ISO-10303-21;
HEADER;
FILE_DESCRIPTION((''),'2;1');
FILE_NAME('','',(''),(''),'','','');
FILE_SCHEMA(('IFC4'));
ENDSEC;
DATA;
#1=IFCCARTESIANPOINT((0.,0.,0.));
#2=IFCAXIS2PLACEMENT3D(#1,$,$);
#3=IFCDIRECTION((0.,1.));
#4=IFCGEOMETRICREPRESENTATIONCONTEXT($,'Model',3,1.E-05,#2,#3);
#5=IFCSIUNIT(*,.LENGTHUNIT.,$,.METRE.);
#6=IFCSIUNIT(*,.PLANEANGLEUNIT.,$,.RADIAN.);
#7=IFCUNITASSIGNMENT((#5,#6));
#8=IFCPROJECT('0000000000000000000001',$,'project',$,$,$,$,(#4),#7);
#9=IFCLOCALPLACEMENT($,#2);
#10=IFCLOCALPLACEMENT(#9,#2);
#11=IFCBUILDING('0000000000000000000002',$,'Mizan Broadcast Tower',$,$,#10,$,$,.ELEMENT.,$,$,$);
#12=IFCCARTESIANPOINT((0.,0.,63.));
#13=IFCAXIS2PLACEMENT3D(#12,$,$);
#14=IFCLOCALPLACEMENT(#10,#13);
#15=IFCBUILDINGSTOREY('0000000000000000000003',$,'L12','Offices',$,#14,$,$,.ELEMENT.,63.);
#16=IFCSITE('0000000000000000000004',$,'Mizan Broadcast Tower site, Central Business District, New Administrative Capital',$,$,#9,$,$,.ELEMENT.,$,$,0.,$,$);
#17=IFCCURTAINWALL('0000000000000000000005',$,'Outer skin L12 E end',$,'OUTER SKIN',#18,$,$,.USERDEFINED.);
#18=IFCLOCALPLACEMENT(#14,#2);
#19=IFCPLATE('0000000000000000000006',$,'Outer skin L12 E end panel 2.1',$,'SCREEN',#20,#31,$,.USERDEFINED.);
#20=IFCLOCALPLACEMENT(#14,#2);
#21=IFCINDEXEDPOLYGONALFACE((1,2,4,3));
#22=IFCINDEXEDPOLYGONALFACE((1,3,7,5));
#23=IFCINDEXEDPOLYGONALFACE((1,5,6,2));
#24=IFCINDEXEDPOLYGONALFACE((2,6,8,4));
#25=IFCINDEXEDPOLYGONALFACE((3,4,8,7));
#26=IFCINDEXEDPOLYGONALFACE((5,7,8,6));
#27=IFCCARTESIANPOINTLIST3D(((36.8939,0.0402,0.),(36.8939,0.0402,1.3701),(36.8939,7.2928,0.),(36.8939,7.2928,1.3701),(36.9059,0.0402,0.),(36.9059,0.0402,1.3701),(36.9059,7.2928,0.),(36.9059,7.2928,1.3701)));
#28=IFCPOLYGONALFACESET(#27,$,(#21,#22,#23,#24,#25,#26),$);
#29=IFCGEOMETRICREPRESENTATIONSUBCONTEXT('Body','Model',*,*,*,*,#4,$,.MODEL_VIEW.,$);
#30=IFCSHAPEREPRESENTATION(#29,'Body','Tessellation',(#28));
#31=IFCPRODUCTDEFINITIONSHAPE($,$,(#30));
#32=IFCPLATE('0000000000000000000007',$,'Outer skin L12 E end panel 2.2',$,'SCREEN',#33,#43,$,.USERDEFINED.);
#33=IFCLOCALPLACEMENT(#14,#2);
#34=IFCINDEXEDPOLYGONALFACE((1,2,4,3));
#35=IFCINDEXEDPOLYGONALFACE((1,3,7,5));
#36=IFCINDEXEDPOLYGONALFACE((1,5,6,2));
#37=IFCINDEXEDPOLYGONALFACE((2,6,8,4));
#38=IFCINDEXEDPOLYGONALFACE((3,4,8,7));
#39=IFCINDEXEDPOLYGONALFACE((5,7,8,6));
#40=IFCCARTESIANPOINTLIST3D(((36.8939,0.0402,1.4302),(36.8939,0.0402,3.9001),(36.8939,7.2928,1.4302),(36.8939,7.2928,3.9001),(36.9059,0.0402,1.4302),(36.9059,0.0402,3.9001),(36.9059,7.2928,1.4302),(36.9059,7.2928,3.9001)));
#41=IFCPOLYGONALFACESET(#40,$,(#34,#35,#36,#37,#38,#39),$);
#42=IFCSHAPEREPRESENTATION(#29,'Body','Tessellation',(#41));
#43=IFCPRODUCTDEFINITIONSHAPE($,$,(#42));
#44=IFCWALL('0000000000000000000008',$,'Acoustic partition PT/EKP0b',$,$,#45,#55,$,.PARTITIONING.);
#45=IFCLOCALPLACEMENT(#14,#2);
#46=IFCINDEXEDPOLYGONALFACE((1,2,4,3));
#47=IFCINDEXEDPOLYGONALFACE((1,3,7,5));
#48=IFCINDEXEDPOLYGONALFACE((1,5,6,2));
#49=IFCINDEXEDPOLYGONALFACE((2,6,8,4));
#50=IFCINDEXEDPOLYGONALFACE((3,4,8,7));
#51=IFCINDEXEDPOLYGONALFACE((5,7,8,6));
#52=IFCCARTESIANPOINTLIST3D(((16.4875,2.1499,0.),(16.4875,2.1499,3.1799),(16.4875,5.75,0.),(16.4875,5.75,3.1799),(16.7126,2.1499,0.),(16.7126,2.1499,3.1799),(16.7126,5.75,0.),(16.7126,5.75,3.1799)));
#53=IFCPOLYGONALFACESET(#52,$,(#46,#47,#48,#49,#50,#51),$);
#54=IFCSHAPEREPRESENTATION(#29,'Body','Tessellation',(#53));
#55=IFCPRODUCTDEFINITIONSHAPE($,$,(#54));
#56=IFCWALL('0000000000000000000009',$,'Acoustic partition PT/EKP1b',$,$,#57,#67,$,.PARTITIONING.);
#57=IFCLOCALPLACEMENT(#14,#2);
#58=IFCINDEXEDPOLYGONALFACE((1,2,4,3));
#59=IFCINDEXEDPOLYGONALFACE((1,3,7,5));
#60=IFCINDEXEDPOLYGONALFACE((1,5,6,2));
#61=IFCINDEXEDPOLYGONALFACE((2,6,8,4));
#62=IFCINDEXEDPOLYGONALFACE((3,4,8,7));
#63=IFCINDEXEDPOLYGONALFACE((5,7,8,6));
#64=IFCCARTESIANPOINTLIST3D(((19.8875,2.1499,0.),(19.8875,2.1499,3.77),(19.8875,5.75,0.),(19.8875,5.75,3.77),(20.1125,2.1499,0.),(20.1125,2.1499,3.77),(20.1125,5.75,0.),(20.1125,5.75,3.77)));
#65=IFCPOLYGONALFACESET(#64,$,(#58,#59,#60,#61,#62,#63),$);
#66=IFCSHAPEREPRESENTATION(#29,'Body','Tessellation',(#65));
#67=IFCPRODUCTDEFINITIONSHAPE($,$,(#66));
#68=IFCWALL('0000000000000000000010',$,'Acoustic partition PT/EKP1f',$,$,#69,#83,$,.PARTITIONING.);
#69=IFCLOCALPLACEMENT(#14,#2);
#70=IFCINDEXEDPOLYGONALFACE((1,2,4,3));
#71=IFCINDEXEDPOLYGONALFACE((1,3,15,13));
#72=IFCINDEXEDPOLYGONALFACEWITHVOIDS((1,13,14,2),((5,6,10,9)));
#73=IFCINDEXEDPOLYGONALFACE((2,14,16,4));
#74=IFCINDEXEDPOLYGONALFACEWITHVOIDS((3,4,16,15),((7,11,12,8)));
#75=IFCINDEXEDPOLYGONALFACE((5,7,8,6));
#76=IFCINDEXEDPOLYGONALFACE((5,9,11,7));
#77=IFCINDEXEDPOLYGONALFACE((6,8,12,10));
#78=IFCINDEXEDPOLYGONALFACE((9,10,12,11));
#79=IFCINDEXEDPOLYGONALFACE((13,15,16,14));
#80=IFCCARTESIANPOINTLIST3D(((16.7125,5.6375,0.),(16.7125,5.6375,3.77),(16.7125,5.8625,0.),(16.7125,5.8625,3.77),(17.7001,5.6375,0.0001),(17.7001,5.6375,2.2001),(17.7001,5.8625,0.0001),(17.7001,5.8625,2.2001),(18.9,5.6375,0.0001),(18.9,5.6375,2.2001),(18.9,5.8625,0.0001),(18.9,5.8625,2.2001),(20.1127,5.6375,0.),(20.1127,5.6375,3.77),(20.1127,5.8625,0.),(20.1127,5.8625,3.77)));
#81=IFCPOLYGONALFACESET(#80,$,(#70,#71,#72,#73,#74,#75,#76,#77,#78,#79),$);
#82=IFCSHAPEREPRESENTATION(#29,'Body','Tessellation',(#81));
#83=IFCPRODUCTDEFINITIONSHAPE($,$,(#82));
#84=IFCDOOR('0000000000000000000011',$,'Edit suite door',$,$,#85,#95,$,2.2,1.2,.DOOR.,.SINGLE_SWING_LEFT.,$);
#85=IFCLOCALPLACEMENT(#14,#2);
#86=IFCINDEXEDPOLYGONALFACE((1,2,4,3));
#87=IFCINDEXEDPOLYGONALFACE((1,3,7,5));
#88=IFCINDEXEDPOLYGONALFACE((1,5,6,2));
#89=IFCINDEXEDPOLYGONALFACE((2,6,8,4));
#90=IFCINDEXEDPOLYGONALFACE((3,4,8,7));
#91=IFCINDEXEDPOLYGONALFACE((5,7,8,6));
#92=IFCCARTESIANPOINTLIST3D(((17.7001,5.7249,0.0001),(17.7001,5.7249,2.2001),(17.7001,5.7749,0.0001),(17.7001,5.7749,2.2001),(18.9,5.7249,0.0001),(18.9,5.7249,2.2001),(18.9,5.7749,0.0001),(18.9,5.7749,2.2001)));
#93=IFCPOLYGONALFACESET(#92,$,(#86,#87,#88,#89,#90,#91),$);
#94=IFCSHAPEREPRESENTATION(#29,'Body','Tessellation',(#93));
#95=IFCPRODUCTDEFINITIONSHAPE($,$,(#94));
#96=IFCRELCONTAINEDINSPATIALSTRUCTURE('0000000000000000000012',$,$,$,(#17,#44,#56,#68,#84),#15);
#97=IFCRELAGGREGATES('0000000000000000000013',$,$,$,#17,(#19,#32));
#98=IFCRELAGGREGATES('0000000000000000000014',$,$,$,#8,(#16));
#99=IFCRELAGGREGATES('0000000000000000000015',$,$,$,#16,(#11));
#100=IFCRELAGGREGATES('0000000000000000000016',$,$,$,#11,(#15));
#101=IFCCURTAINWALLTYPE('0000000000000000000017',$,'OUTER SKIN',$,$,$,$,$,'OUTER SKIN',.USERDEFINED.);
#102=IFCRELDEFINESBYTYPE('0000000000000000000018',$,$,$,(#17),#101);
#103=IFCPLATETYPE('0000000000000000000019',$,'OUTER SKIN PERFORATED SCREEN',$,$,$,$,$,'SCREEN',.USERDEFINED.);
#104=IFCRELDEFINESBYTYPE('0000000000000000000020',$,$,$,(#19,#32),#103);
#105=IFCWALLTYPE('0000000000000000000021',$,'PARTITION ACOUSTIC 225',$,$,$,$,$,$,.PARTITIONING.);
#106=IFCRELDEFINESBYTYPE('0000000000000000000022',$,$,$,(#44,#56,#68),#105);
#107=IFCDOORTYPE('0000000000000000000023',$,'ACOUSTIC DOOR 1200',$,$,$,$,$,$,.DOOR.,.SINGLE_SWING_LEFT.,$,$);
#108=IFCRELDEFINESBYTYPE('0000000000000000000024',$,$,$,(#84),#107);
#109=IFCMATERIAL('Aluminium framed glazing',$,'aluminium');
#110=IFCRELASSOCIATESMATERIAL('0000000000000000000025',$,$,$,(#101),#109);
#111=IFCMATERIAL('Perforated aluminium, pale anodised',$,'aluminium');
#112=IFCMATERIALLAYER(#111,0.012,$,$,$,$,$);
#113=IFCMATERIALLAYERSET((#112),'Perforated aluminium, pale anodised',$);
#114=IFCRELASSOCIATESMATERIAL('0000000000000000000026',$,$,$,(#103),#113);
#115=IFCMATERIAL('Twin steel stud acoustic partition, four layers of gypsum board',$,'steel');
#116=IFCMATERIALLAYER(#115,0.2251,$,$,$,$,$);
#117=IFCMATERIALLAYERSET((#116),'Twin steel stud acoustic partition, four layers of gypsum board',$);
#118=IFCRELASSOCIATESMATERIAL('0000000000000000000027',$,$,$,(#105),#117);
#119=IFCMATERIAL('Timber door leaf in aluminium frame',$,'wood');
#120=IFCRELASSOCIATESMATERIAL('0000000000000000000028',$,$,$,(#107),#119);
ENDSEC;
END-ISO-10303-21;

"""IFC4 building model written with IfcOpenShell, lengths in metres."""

from ifc_helpers import new_model, si_unit, direction, frame, frame_2d, origin, origin_2d, place, context, subcontext, project, spatial, rectangle, extrude, material, layer, layer_set, type_object, element, fill, aggregate, save


model = new_model("IFC4")

# Units and contexts
model_context = context("Model", 3, precision=1e-05, world=origin(), true_north=direction((0.0, 1.0)))
body_context = subcontext(model_context, "Body", "Model", "MODEL_VIEW")
ifc_project = project(units=[si_unit("LENGTHUNIT", "METRE"), si_unit("PLANEANGLEUNIT", "RADIAN")], contexts=[model_context])

# Site, building, storey
site_placement = place(None, origin())
site = spatial("IfcSite", under=ifc_project, at=site_placement, Name="Mizan Broadcast Tower site, Central Business District, New Administrative Capital", CompositionType="ELEMENT", RefElevation=0.0)
building_placement = place(site_placement, origin())
building = spatial("IfcBuilding", under=site, at=building_placement, Name="Mizan Broadcast Tower", CompositionType="ELEMENT")
storey_placement = place(building_placement, frame((0.0, 0.0, 63.0)))
storey = spatial("IfcBuildingStorey", under=building, at=storey_placement, Name="L12", Description="Offices", CompositionType="ELEMENT", Elevation=63.0)

# Curtain wall
ifc_material_1 = material(Name="Aluminium framed glazing", Category="aluminium")
curtain_wall_type_1 = type_object("IfcCurtainWallType", Name="OUTER SKIN", ElementType="OUTER SKIN", PredefinedType="USERDEFINED", material=ifc_material_1)
curtain_wall_1_placement = place(storey_placement, origin())
curtain_wall_1 = element("IfcCurtainWall", 1, at=curtain_wall_1_placement, inside=storey, type_object=curtain_wall_type_1, Name="Outer skin L12 E end", ObjectType="OUTER SKIN", PredefinedType="USERDEFINED")

# Plates
ifc_material_2 = material(Name="Perforated aluminium, pale anodised", Category="aluminium")
ifc_layer_1 = layer(ifc_material_2, 0.012)
ifc_layer_set_1 = layer_set([ifc_layer_1], Name="Perforated aluminium, pale anodised")
plate_type_1 = type_object("IfcPlateType", Name="OUTER SKIN PERFORATED SCREEN", ElementType="SCREEN", PredefinedType="USERDEFINED", material=ifc_layer_set_1)
plate_1_placement = place(storey_placement, frame((36.8999, 3.6665, 0.0), z_axis=(0.0, 0.0, 1.0), x_axis=(0.0, 1.0, 0.0)))
plate_1 = element("IfcPlate", 2, at=plate_1_placement, type_object=plate_type_1, Name="Outer skin L12 E end panel 2.1", ObjectType="SCREEN", PredefinedType="USERDEFINED", context=body_context, shape_type="SweptSolid", body=[
    extrude(rectangle(XDim=7.2527, YDim=0.012, at=origin_2d()), origin(), (0.0, 0.0, 1.0), 1.3701),
])
plate_2_placement = place(storey_placement, frame((36.8999, 3.6665, 1.4302), z_axis=(0.0, 0.0, 1.0), x_axis=(0.0, 1.0, 0.0)))
plate_2 = element("IfcPlate", 3, at=plate_2_placement, type_object=plate_type_1, Name="Outer skin L12 E end panel 2.2", ObjectType="SCREEN", PredefinedType="USERDEFINED", context=body_context, shape_type="SweptSolid", body=[
    extrude(rectangle(XDim=7.2527, YDim=0.012, at=origin_2d()), origin(), (0.0, 0.0, 1.0), 2.47),
])
aggregate(curtain_wall_1, [plate_1, plate_2])

# Walls
ifc_material_3 = material(Name="Twin steel stud acoustic partition, four layers of gypsum board", Category="steel")
ifc_layer_2 = layer(ifc_material_3, 0.2251)
ifc_layer_set_2 = layer_set([ifc_layer_2], Name="Twin steel stud acoustic partition, four layers of gypsum board")
wall_type = type_object("IfcWallType", Name="PARTITION ACOUSTIC 225", PredefinedType="PARTITIONING", material=ifc_layer_set_2)
wall_1_placement = place(storey_placement, frame((16.6001, 2.1499, 0.0), z_axis=(0.0, 0.0, 1.0), x_axis=(0.0, 1.0, 0.0)))
element("IfcWall", 4, at=wall_1_placement, inside=storey, type_object=wall_type, Name="Acoustic partition PT/EKP0b", PredefinedType="PARTITIONING", context=body_context, shape_type="SweptSolid", body=[
    extrude(rectangle(XDim=3.6001, YDim=0.2251, at=frame_2d((1.8, 0.0))), origin(), (0.0, 0.0, 1.0), 3.1799),
])
wall_2_placement = place(storey_placement, frame((20.0, 2.1499, 0.0), z_axis=(0.0, 0.0, 1.0), x_axis=(0.0, 1.0, 0.0)))
element("IfcWall", 5, at=wall_2_placement, inside=storey, type_object=wall_type, Name="Acoustic partition PT/EKP1b", PredefinedType="PARTITIONING", context=body_context, shape_type="SweptSolid", body=[
    extrude(rectangle(XDim=3.6001, YDim=0.2251, at=frame_2d((1.8, 0.0))), origin(), (0.0, 0.0, 1.0), 3.77),
])

# Wall, opening, door
wall_3_placement = place(storey_placement, frame((16.7124, 5.75, 0.0), z_axis=(0.0, 0.0, 1.0), x_axis=(1.0, 0.0, 0.0)))
wall_3 = element("IfcWall", 6, at=wall_3_placement, inside=storey, type_object=wall_type, Name="Acoustic partition PT/EKP1f", PredefinedType="PARTITIONING", context=body_context, shape_type="SweptSolid", body=[
    extrude(rectangle(XDim=3.4001, YDim=0.2251, at=frame_2d((1.7002, 0.0))), origin(), (0.0, 0.0, 1.0), 3.77),
])
opening_placement = place(wall_3_placement, frame((0.9875, 0.0, 0.0)))
opening = element("IfcOpeningElement", 7, at=opening_placement, cuts=wall_3, PredefinedType="OPENING", context=body_context, shape_type="SweptSolid", body=[
    extrude(rectangle(XDim=1.2, YDim=2.2, at=frame_2d((0.6001, 1.1001))), frame((0.0, 0.1226, 0.0), z_axis=(0.0, -1.0, 0.0), x_axis=(1.0, 0.0, 0.0)), (0.0, 0.0, 1.0), 0.2451),
])
ifc_material_4 = material(Name="Timber door leaf in aluminium frame", Category="wood")
door_type = type_object("IfcDoorType", Name="ACOUSTIC DOOR 1200", OperationType="SINGLE_SWING_LEFT", PredefinedType="DOOR", material=ifc_material_4)
door_placement = place(opening_placement, origin())
door = element("IfcDoor", 8, at=door_placement, inside=storey, type_object=door_type, Name="Edit suite door", OperationType="SINGLE_SWING_LEFT", OverallHeight=2.2, OverallWidth=1.2, PredefinedType="DOOR", context=body_context, shape_type="SweptSolid", body=[
    extrude(rectangle(XDim=1.2, YDim=2.2, at=frame_2d((0.6001, 1.1001))), frame((0.0, 0.0249, 0.0), z_axis=(0.0, -1.0, 0.0), x_axis=(1.0, 0.0, 0.0)), (0.0, 0.0, 1.0), 0.05),
])
fill(opening, door)

save(model, "model.ifc")
